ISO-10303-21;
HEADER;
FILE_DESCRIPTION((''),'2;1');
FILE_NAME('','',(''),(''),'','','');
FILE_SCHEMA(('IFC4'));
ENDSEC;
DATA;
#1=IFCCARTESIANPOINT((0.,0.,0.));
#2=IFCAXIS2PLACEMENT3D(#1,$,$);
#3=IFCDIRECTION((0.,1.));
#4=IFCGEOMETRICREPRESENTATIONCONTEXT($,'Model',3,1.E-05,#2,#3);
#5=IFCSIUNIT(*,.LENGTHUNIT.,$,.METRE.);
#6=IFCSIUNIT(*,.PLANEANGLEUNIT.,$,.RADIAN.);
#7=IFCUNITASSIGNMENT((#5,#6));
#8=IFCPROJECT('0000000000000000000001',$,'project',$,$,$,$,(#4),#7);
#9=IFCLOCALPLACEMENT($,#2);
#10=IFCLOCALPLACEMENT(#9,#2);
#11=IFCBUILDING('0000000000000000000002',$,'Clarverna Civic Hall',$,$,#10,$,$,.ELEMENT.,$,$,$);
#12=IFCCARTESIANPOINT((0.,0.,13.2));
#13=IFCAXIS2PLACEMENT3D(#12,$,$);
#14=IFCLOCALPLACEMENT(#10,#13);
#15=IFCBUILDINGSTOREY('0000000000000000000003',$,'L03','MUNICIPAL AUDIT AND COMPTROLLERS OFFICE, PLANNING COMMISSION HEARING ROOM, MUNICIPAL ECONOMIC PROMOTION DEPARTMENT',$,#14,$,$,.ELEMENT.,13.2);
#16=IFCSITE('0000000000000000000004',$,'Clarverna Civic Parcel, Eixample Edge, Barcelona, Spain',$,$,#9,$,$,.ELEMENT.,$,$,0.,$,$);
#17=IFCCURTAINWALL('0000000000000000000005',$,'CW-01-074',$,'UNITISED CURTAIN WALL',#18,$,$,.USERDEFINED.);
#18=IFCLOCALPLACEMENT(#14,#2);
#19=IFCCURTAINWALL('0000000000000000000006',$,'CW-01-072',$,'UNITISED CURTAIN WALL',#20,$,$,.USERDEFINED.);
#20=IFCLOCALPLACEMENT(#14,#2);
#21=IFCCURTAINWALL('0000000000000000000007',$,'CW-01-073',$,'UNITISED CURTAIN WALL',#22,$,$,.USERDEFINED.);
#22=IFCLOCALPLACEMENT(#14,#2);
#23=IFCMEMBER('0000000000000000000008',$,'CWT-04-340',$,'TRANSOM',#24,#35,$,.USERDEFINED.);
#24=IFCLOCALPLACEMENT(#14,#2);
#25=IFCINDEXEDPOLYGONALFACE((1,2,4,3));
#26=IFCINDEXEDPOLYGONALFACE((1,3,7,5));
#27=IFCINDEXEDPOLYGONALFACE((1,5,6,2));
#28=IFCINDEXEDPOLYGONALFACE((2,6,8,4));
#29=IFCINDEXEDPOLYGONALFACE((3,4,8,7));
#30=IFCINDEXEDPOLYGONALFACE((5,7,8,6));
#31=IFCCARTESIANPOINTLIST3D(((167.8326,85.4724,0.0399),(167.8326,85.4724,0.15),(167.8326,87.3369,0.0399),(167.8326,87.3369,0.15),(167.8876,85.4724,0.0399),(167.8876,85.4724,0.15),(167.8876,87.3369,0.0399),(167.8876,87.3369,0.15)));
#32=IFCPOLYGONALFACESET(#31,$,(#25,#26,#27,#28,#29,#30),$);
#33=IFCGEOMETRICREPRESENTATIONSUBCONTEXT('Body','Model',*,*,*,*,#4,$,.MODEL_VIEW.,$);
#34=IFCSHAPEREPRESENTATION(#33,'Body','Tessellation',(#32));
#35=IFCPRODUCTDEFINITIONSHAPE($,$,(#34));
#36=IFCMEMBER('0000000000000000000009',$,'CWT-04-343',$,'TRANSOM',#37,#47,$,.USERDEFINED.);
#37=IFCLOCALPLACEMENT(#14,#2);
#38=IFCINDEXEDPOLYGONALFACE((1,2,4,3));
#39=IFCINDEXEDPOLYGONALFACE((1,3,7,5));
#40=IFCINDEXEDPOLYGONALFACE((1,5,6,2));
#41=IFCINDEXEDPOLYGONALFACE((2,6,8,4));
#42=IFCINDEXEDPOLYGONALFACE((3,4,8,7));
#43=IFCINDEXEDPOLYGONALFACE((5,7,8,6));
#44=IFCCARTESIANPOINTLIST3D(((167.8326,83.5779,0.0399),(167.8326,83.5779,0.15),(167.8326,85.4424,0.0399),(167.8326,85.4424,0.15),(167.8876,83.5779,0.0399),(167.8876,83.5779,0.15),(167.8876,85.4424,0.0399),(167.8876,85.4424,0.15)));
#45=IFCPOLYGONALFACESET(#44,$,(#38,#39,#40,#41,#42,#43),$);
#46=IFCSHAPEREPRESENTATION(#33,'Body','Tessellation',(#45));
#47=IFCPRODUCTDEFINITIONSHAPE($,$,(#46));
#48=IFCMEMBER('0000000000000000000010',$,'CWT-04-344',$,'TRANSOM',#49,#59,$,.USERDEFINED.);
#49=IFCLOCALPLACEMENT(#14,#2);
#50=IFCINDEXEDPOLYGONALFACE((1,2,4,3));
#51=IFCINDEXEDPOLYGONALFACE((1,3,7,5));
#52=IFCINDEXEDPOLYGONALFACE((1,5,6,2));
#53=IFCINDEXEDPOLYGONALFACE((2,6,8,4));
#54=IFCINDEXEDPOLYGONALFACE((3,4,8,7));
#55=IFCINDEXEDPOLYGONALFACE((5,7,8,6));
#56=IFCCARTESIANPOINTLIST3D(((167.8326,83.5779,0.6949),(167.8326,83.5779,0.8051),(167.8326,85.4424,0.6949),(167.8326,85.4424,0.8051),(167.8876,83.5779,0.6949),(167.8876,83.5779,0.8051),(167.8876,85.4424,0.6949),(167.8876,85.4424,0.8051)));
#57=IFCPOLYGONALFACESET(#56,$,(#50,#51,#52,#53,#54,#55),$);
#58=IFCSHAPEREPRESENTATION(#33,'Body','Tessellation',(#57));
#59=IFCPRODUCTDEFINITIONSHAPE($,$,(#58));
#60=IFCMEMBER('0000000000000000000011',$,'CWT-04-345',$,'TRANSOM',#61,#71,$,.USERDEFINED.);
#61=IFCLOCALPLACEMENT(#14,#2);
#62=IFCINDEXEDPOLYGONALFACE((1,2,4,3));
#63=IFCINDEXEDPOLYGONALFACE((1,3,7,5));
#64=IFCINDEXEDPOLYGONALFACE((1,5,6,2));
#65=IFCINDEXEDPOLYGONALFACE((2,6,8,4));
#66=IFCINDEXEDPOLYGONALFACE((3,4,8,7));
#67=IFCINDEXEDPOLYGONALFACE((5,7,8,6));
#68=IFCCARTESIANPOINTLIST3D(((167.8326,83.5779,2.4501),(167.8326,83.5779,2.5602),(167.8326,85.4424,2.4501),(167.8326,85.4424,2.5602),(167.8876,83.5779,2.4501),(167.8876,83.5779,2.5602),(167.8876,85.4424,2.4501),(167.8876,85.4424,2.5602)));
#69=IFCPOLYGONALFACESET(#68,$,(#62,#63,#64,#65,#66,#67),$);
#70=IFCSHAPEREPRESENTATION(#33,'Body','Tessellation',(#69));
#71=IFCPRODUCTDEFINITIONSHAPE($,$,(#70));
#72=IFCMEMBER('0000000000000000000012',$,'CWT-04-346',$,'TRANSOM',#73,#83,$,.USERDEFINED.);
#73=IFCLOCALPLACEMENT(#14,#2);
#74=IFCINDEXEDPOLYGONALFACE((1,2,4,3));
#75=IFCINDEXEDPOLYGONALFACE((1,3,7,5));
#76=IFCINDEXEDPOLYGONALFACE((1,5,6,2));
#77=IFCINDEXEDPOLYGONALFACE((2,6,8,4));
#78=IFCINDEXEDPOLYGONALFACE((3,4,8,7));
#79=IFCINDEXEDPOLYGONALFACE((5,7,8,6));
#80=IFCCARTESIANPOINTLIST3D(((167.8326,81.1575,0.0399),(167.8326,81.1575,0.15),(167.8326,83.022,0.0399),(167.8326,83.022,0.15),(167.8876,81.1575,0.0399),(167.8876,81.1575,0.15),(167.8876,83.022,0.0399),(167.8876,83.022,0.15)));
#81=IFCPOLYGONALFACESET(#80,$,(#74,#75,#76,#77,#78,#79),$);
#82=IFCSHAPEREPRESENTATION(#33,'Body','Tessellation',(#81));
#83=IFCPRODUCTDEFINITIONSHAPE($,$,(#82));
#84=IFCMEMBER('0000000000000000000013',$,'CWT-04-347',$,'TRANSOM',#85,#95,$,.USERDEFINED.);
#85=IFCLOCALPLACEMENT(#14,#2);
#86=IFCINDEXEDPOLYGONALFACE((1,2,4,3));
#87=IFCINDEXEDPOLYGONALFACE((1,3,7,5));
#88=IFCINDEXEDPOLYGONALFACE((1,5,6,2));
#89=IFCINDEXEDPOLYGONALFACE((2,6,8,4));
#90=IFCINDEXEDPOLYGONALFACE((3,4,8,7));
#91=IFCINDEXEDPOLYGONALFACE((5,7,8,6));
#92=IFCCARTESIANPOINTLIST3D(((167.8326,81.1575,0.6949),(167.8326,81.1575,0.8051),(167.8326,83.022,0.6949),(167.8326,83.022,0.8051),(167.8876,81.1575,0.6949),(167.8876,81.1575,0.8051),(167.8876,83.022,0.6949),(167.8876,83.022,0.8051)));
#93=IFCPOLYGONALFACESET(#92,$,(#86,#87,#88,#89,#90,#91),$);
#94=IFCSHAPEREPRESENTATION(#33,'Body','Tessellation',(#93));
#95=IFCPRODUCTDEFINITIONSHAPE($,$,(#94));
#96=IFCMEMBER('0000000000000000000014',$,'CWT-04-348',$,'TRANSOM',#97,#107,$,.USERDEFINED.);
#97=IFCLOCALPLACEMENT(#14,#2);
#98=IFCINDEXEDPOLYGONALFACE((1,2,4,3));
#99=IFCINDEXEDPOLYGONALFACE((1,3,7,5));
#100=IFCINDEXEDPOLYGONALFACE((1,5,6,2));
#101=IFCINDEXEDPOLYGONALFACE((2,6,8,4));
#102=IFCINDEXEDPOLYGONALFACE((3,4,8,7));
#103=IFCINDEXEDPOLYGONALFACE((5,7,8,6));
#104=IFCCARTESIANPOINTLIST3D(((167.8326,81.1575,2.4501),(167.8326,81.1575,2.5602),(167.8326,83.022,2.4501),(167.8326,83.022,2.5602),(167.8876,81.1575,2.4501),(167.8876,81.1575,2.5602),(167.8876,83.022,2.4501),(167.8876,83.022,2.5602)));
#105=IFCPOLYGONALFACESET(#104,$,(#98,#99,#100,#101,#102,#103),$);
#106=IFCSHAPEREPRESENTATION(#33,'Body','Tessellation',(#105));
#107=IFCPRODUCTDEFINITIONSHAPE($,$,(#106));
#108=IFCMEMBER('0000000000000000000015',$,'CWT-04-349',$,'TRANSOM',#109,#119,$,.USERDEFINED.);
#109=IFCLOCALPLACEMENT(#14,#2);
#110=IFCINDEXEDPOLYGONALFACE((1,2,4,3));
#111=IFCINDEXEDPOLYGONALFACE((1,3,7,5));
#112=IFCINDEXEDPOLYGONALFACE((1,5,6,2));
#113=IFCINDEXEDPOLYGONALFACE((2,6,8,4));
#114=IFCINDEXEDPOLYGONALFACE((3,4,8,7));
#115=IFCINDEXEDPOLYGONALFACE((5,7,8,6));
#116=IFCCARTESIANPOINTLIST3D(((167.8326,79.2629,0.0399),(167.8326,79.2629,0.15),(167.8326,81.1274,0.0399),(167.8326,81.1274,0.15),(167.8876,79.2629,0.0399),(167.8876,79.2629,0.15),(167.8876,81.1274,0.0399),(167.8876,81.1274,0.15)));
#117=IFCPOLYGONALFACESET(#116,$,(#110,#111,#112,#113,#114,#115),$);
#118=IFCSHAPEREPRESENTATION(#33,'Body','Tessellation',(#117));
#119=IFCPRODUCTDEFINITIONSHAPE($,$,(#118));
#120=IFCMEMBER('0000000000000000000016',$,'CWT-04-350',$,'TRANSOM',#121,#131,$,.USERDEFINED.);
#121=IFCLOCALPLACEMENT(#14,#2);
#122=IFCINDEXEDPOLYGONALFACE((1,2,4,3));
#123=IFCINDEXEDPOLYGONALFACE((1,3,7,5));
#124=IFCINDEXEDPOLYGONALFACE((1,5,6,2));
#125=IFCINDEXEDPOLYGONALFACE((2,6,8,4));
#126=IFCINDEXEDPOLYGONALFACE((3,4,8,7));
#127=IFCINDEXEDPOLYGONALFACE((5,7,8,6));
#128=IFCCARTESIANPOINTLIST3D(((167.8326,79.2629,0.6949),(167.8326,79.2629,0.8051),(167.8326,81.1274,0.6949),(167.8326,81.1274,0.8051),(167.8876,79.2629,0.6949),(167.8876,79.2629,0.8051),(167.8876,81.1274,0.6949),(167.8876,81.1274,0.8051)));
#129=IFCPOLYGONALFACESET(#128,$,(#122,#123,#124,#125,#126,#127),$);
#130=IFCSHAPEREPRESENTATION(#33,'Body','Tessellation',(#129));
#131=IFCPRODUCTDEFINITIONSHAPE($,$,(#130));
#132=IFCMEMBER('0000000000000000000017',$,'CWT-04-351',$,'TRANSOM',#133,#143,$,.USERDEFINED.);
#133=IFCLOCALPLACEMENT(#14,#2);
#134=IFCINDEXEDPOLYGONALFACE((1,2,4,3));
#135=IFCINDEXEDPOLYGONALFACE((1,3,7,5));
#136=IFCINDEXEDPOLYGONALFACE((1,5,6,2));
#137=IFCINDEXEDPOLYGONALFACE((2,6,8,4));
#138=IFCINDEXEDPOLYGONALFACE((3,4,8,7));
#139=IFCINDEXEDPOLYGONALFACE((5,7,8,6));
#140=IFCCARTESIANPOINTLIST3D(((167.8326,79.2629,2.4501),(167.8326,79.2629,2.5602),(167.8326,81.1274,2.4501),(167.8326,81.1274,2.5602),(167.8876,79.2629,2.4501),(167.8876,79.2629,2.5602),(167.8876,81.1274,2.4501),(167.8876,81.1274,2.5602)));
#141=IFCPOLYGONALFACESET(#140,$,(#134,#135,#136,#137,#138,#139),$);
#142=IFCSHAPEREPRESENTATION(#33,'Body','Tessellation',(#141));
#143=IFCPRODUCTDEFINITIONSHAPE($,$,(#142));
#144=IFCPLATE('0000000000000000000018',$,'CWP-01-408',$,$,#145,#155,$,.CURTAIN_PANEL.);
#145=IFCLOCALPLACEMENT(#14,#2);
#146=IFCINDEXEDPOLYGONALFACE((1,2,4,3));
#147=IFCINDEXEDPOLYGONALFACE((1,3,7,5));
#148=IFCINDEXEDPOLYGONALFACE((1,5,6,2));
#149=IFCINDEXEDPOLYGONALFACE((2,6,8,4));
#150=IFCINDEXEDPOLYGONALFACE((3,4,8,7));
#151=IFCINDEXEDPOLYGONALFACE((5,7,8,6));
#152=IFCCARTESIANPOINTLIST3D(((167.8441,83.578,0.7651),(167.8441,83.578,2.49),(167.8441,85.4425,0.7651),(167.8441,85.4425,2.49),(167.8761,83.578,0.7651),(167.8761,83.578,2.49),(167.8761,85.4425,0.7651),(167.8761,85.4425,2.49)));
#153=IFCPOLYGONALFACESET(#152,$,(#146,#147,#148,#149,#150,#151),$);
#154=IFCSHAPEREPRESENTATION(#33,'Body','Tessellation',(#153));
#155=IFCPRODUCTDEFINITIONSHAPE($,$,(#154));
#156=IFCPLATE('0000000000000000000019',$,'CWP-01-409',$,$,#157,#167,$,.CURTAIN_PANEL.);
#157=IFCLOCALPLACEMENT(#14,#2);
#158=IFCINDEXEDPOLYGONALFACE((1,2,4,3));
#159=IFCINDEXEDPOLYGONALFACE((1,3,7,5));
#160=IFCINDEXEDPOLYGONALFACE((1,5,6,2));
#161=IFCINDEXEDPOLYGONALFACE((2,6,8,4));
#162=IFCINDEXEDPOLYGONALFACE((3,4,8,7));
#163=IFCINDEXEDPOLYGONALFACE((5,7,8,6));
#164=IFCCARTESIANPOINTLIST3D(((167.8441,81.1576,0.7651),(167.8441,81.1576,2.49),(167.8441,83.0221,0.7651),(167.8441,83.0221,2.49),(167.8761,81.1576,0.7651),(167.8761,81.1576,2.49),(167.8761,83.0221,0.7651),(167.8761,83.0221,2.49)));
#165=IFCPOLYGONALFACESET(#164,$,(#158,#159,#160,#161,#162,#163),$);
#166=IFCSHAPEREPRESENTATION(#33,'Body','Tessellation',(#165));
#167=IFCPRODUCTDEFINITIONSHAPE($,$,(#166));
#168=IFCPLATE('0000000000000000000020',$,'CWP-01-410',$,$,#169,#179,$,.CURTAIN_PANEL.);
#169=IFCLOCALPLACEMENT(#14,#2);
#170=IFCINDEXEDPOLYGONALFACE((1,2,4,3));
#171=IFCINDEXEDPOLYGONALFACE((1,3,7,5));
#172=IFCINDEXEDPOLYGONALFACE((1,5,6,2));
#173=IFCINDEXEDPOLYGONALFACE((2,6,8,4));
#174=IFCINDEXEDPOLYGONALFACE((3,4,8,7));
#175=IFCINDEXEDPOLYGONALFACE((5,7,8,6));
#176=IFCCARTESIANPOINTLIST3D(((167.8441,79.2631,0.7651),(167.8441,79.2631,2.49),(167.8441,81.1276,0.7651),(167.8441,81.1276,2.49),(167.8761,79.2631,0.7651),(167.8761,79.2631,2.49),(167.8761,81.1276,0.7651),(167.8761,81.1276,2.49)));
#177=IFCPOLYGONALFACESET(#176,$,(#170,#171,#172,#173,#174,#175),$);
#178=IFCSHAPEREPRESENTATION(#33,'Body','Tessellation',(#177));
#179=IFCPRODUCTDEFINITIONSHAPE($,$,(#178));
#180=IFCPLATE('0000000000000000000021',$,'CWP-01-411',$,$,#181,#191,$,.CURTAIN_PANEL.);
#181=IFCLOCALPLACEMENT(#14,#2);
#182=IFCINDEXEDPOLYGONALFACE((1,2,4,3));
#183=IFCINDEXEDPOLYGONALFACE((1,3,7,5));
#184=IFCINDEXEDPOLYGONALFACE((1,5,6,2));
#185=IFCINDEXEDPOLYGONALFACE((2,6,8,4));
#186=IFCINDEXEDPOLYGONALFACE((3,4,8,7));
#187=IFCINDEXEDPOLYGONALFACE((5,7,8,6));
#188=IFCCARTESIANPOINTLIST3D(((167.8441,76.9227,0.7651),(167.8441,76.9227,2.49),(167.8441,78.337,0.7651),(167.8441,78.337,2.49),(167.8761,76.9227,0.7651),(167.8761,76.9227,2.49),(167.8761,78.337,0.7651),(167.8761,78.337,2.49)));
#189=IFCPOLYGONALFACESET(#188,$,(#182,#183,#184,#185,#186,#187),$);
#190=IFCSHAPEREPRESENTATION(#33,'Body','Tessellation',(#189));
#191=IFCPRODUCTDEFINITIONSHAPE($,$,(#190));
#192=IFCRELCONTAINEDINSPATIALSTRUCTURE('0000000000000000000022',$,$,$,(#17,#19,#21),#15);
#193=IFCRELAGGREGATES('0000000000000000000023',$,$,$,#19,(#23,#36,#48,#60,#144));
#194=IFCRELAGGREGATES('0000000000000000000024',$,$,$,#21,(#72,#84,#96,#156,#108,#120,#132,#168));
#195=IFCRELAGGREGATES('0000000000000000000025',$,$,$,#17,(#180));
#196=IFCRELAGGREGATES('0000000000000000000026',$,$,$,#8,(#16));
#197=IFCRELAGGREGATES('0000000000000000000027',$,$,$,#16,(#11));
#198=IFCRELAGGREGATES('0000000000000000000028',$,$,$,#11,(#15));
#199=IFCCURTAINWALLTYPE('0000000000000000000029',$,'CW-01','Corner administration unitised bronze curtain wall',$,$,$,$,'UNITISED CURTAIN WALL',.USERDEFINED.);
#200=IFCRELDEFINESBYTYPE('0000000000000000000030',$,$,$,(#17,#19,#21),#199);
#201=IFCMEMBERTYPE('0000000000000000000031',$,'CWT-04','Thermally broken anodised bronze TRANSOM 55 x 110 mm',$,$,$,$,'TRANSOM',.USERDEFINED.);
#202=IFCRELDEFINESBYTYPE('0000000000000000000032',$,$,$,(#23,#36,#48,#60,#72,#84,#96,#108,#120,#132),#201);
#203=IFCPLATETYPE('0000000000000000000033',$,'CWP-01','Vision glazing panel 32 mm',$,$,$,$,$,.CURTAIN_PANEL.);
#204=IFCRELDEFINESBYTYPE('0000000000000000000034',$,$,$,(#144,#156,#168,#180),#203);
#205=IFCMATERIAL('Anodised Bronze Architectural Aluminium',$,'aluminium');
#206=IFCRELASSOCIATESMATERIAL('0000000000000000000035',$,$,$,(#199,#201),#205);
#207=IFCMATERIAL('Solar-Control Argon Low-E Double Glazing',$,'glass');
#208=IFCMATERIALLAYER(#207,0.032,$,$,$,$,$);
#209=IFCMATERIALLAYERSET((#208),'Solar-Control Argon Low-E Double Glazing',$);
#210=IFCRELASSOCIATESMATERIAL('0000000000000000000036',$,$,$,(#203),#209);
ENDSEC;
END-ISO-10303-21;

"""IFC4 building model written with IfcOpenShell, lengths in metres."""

from ifc_helpers import new_model, si_unit, direction, frame, frame_2d, origin, origin_2d, place, context, subcontext, project, spatial, rectangle, extrude, material, layer, layer_set, material_profile, profile_set, type_object, element, aggregate, save


model = new_model("IFC4")

# Units and contexts
model_context = context("Model", 3, precision=1e-05, world=origin(), true_north=direction((0.0, 1.0)))
body_context = subcontext(model_context, "Body", "Model", "MODEL_VIEW")
ifc_project = project(units=[si_unit("LENGTHUNIT", "METRE"), si_unit("PLANEANGLEUNIT", "RADIAN")], contexts=[model_context])

# Site, building, storey
site_placement = place(None, origin())
site = spatial("IfcSite", under=ifc_project, at=site_placement, Name="Clarverna Civic Parcel, Eixample Edge, Barcelona, Spain", CompositionType="ELEMENT", RefElevation=0.0)
building_placement = place(site_placement, origin())
building = spatial("IfcBuilding", under=site, at=building_placement, Name="Clarverna Civic Hall", CompositionType="ELEMENT")
storey_placement = place(building_placement, frame((0.0, 0.0, 13.2)))
storey = spatial("IfcBuildingStorey", under=building, at=storey_placement, Name="L03", Description="MUNICIPAL AUDIT AND COMPTROLLERS OFFICE, PLANNING COMMISSION HEARING ROOM, MUNICIPAL ECONOMIC PROMOTION DEPARTMENT", CompositionType="ELEMENT", Elevation=13.2)

# Curtain walls
ifc_material_1 = material(Name="Anodised Bronze Architectural Aluminium", Category="aluminium")
curtain_wall_type = type_object("IfcCurtainWallType", Name="CW-01", Description="Corner administration unitised bronze curtain wall", ElementType="UNITISED CURTAIN WALL", PredefinedType="USERDEFINED", material=ifc_material_1)
curtain_wall_1_placement = place(storey_placement, origin())
curtain_wall_1 = element("IfcCurtainWall", 1, at=curtain_wall_1_placement, inside=storey, type_object=curtain_wall_type, Name="CW-01-074", ObjectType="UNITISED CURTAIN WALL", PredefinedType="USERDEFINED")
curtain_wall_2_placement = place(storey_placement, origin())
curtain_wall_2 = element("IfcCurtainWall", 2, at=curtain_wall_2_placement, inside=storey, type_object=curtain_wall_type, Name="CW-01-072", ObjectType="UNITISED CURTAIN WALL", PredefinedType="USERDEFINED")
curtain_wall_3_placement = place(storey_placement, origin())
curtain_wall_3 = element("IfcCurtainWall", 3, at=curtain_wall_3_placement, inside=storey, type_object=curtain_wall_type, Name="CW-01-073", ObjectType="UNITISED CURTAIN WALL", PredefinedType="USERDEFINED")

# Members
ifc_material_profile_1 = material_profile(ifc_material_1, rectangle(XDim=0.0549, YDim=0.1101, at=origin_2d()), Name="BRONZE 55x110")
ifc_profile_set_1 = profile_set([ifc_material_profile_1], Name="Anodised Bronze Architectural Aluminium")
member_type_1 = type_object("IfcMemberType", Name="CWT-04", Description="Thermally broken anodised bronze TRANSOM 55 x 110 mm", ElementType="TRANSOM", PredefinedType="USERDEFINED", material=ifc_profile_set_1)
member_1_placement = place(storey_placement, frame((167.8601, 87.3369, 0.095), z_axis=(0.0, -1.0, 0.0), x_axis=(1.0, 0.0, 0.0)))
member_1 = element("IfcMember", 4, at=member_1_placement, type_object=member_type_1, Name="CWT-04-340", ObjectType="TRANSOM", PredefinedType="USERDEFINED", context=body_context, shape_type="SweptSolid", body=[
    extrude(rectangle(XDim=0.0549, YDim=0.1101, at=origin_2d()), origin(), (0.0, 0.0, 1.0), 1.8645),
])
member_2_placement = place(storey_placement, frame((167.8601, 85.4424, 0.095), z_axis=(0.0, -1.0, 0.0), x_axis=(1.0, 0.0, 0.0)))
member_2 = element("IfcMember", 5, at=member_2_placement, type_object=member_type_1, Name="CWT-04-343", ObjectType="TRANSOM", PredefinedType="USERDEFINED", context=body_context, shape_type="SweptSolid", body=[
    extrude(rectangle(XDim=0.0549, YDim=0.1101, at=origin_2d()), origin(), (0.0, 0.0, 1.0), 1.8645),
])
member_3_placement = place(storey_placement, frame((167.8601, 85.4424, 0.75), z_axis=(0.0, -1.0, 0.0), x_axis=(1.0, 0.0, 0.0)))
member_3 = element("IfcMember", 6, at=member_3_placement, type_object=member_type_1, Name="CWT-04-344", ObjectType="TRANSOM", PredefinedType="USERDEFINED", context=body_context, shape_type="SweptSolid", body=[
    extrude(rectangle(XDim=0.0549, YDim=0.1101, at=origin_2d()), origin(), (0.0, 0.0, 1.0), 1.8645),
])
member_4_placement = place(storey_placement, frame((167.8601, 85.4424, 2.5051), z_axis=(0.0, -1.0, 0.0), x_axis=(1.0, 0.0, 0.0)))
member_4 = element("IfcMember", 7, at=member_4_placement, type_object=member_type_1, Name="CWT-04-345", ObjectType="TRANSOM", PredefinedType="USERDEFINED", context=body_context, shape_type="SweptSolid", body=[
    extrude(rectangle(XDim=0.0549, YDim=0.1101, at=origin_2d()), origin(), (0.0, 0.0, 1.0), 1.8645),
])
member_5_placement = place(storey_placement, frame((167.8601, 83.022, 0.095), z_axis=(0.0, -1.0, 0.0), x_axis=(1.0, 0.0, 0.0)))
member_5 = element("IfcMember", 8, at=member_5_placement, type_object=member_type_1, Name="CWT-04-346", ObjectType="TRANSOM", PredefinedType="USERDEFINED", context=body_context, shape_type="SweptSolid", body=[
    extrude(rectangle(XDim=0.0549, YDim=0.1101, at=origin_2d()), origin(), (0.0, 0.0, 1.0), 1.8645),
])
member_6_placement = place(storey_placement, frame((167.8601, 83.022, 0.75), z_axis=(0.0, -1.0, 0.0), x_axis=(1.0, 0.0, 0.0)))
member_6 = element("IfcMember", 9, at=member_6_placement, type_object=member_type_1, Name="CWT-04-347", ObjectType="TRANSOM", PredefinedType="USERDEFINED", context=body_context, shape_type="SweptSolid", body=[
    extrude(rectangle(XDim=0.0549, YDim=0.1101, at=origin_2d()), origin(), (0.0, 0.0, 1.0), 1.8645),
])
member_7_placement = place(storey_placement, frame((167.8601, 83.022, 2.5051), z_axis=(0.0, -1.0, 0.0), x_axis=(1.0, 0.0, 0.0)))
member_7 = element("IfcMember", 10, at=member_7_placement, type_object=member_type_1, Name="CWT-04-348", ObjectType="TRANSOM", PredefinedType="USERDEFINED", context=body_context, shape_type="SweptSolid", body=[
    extrude(rectangle(XDim=0.0549, YDim=0.1101, at=origin_2d()), origin(), (0.0, 0.0, 1.0), 1.8645),
])
member_8_placement = place(storey_placement, frame((167.8601, 81.1274, 0.095), z_axis=(0.0, -1.0, 0.0), x_axis=(1.0, 0.0, 0.0)))
member_8 = element("IfcMember", 11, at=member_8_placement, type_object=member_type_1, Name="CWT-04-349", ObjectType="TRANSOM", PredefinedType="USERDEFINED", context=body_context, shape_type="SweptSolid", body=[
    extrude(rectangle(XDim=0.0549, YDim=0.1101, at=origin_2d()), origin(), (0.0, 0.0, 1.0), 1.8645),
])
member_9_placement = place(storey_placement, frame((167.8601, 81.1274, 0.75), z_axis=(0.0, -1.0, 0.0), x_axis=(1.0, 0.0, 0.0)))
member_9 = element("IfcMember", 12, at=member_9_placement, type_object=member_type_1, Name="CWT-04-350", ObjectType="TRANSOM", PredefinedType="USERDEFINED", context=body_context, shape_type="SweptSolid", body=[
    extrude(rectangle(XDim=0.0549, YDim=0.1101, at=origin_2d()), origin(), (0.0, 0.0, 1.0), 1.8645),
])
member_10_placement = place(storey_placement, frame((167.8601, 81.1274, 2.5051), z_axis=(0.0, -1.0, 0.0), x_axis=(1.0, 0.0, 0.0)))
member_10 = element("IfcMember", 13, at=member_10_placement, type_object=member_type_1, Name="CWT-04-351", ObjectType="TRANSOM", PredefinedType="USERDEFINED", context=body_context, shape_type="SweptSolid", body=[
    extrude(rectangle(XDim=0.0549, YDim=0.1101, at=origin_2d()), origin(), (0.0, 0.0, 1.0), 1.8645),
])

# Plates
ifc_material_2 = material(Name="Solar-Control Argon Low-E Double Glazing", Category="glass")
ifc_layer_1 = layer(ifc_material_2, 0.032)
ifc_layer_set_1 = layer_set([ifc_layer_1], Name="Solar-Control Argon Low-E Double Glazing")
plate_type_1 = type_object("IfcPlateType", Name="CWP-01", Description="Vision glazing panel 32 mm", PredefinedType="CURTAIN_PANEL", material=ifc_layer_set_1)
plate_1_placement = place(storey_placement, frame((167.8601, 85.4424, 0.7651), z_axis=(0.0, 0.0, 1.0), x_axis=(0.0, -1.0, 0.0)))
plate_1 = element("IfcPlate", 14, at=plate_1_placement, type_object=plate_type_1, Name="CWP-01-408", PredefinedType="CURTAIN_PANEL", context=body_context, shape_type="SweptSolid", body=[
    extrude(rectangle(XDim=1.8645, YDim=0.032, at=frame_2d((0.9321, 0.0))), origin(), (0.0, 0.0, 1.0), 1.7249),
])
plate_2_placement = place(storey_placement, frame((167.8601, 83.022, 0.7651), z_axis=(0.0, 0.0, 1.0), x_axis=(0.0, -1.0, 0.0)))
plate_2 = element("IfcPlate", 15, at=plate_2_placement, type_object=plate_type_1, Name="CWP-01-409", PredefinedType="CURTAIN_PANEL", context=body_context, shape_type="SweptSolid", body=[
    extrude(rectangle(XDim=1.8645, YDim=0.032, at=frame_2d((0.9321, 0.0))), origin(), (0.0, 0.0, 1.0), 1.7249),
])
plate_3_placement = place(storey_placement, frame((167.8601, 81.1274, 0.7651), z_axis=(0.0, 0.0, 1.0), x_axis=(0.0, -1.0, 0.0)))
plate_3 = element("IfcPlate", 16, at=plate_3_placement, type_object=plate_type_1, Name="CWP-01-410", PredefinedType="CURTAIN_PANEL", context=body_context, shape_type="SweptSolid", body=[
    extrude(rectangle(XDim=1.8645, YDim=0.032, at=frame_2d((0.9321, 0.0))), origin(), (0.0, 0.0, 1.0), 1.7249),
])
plate_4_placement = place(storey_placement, frame((167.8601, 78.3369, 0.7651), z_axis=(0.0, 0.0, 1.0), x_axis=(0.0, -1.0, 0.0)))
plate_4 = element("IfcPlate", 17, at=plate_4_placement, type_object=plate_type_1, Name="CWP-01-411", PredefinedType="CURTAIN_PANEL", context=body_context, shape_type="SweptSolid", body=[
    extrude(rectangle(XDim=1.4143, YDim=0.032, at=frame_2d((0.707, 0.0))), origin(), (0.0, 0.0, 1.0), 1.7249),
])
aggregate(curtain_wall_2, [member_1, member_2, member_3, member_4, plate_1])
aggregate(curtain_wall_3, [member_5, member_6, member_7, plate_2, member_8, member_9, member_10, plate_3])
aggregate(curtain_wall_1, [plate_4])

save(model, "model.ifc")
